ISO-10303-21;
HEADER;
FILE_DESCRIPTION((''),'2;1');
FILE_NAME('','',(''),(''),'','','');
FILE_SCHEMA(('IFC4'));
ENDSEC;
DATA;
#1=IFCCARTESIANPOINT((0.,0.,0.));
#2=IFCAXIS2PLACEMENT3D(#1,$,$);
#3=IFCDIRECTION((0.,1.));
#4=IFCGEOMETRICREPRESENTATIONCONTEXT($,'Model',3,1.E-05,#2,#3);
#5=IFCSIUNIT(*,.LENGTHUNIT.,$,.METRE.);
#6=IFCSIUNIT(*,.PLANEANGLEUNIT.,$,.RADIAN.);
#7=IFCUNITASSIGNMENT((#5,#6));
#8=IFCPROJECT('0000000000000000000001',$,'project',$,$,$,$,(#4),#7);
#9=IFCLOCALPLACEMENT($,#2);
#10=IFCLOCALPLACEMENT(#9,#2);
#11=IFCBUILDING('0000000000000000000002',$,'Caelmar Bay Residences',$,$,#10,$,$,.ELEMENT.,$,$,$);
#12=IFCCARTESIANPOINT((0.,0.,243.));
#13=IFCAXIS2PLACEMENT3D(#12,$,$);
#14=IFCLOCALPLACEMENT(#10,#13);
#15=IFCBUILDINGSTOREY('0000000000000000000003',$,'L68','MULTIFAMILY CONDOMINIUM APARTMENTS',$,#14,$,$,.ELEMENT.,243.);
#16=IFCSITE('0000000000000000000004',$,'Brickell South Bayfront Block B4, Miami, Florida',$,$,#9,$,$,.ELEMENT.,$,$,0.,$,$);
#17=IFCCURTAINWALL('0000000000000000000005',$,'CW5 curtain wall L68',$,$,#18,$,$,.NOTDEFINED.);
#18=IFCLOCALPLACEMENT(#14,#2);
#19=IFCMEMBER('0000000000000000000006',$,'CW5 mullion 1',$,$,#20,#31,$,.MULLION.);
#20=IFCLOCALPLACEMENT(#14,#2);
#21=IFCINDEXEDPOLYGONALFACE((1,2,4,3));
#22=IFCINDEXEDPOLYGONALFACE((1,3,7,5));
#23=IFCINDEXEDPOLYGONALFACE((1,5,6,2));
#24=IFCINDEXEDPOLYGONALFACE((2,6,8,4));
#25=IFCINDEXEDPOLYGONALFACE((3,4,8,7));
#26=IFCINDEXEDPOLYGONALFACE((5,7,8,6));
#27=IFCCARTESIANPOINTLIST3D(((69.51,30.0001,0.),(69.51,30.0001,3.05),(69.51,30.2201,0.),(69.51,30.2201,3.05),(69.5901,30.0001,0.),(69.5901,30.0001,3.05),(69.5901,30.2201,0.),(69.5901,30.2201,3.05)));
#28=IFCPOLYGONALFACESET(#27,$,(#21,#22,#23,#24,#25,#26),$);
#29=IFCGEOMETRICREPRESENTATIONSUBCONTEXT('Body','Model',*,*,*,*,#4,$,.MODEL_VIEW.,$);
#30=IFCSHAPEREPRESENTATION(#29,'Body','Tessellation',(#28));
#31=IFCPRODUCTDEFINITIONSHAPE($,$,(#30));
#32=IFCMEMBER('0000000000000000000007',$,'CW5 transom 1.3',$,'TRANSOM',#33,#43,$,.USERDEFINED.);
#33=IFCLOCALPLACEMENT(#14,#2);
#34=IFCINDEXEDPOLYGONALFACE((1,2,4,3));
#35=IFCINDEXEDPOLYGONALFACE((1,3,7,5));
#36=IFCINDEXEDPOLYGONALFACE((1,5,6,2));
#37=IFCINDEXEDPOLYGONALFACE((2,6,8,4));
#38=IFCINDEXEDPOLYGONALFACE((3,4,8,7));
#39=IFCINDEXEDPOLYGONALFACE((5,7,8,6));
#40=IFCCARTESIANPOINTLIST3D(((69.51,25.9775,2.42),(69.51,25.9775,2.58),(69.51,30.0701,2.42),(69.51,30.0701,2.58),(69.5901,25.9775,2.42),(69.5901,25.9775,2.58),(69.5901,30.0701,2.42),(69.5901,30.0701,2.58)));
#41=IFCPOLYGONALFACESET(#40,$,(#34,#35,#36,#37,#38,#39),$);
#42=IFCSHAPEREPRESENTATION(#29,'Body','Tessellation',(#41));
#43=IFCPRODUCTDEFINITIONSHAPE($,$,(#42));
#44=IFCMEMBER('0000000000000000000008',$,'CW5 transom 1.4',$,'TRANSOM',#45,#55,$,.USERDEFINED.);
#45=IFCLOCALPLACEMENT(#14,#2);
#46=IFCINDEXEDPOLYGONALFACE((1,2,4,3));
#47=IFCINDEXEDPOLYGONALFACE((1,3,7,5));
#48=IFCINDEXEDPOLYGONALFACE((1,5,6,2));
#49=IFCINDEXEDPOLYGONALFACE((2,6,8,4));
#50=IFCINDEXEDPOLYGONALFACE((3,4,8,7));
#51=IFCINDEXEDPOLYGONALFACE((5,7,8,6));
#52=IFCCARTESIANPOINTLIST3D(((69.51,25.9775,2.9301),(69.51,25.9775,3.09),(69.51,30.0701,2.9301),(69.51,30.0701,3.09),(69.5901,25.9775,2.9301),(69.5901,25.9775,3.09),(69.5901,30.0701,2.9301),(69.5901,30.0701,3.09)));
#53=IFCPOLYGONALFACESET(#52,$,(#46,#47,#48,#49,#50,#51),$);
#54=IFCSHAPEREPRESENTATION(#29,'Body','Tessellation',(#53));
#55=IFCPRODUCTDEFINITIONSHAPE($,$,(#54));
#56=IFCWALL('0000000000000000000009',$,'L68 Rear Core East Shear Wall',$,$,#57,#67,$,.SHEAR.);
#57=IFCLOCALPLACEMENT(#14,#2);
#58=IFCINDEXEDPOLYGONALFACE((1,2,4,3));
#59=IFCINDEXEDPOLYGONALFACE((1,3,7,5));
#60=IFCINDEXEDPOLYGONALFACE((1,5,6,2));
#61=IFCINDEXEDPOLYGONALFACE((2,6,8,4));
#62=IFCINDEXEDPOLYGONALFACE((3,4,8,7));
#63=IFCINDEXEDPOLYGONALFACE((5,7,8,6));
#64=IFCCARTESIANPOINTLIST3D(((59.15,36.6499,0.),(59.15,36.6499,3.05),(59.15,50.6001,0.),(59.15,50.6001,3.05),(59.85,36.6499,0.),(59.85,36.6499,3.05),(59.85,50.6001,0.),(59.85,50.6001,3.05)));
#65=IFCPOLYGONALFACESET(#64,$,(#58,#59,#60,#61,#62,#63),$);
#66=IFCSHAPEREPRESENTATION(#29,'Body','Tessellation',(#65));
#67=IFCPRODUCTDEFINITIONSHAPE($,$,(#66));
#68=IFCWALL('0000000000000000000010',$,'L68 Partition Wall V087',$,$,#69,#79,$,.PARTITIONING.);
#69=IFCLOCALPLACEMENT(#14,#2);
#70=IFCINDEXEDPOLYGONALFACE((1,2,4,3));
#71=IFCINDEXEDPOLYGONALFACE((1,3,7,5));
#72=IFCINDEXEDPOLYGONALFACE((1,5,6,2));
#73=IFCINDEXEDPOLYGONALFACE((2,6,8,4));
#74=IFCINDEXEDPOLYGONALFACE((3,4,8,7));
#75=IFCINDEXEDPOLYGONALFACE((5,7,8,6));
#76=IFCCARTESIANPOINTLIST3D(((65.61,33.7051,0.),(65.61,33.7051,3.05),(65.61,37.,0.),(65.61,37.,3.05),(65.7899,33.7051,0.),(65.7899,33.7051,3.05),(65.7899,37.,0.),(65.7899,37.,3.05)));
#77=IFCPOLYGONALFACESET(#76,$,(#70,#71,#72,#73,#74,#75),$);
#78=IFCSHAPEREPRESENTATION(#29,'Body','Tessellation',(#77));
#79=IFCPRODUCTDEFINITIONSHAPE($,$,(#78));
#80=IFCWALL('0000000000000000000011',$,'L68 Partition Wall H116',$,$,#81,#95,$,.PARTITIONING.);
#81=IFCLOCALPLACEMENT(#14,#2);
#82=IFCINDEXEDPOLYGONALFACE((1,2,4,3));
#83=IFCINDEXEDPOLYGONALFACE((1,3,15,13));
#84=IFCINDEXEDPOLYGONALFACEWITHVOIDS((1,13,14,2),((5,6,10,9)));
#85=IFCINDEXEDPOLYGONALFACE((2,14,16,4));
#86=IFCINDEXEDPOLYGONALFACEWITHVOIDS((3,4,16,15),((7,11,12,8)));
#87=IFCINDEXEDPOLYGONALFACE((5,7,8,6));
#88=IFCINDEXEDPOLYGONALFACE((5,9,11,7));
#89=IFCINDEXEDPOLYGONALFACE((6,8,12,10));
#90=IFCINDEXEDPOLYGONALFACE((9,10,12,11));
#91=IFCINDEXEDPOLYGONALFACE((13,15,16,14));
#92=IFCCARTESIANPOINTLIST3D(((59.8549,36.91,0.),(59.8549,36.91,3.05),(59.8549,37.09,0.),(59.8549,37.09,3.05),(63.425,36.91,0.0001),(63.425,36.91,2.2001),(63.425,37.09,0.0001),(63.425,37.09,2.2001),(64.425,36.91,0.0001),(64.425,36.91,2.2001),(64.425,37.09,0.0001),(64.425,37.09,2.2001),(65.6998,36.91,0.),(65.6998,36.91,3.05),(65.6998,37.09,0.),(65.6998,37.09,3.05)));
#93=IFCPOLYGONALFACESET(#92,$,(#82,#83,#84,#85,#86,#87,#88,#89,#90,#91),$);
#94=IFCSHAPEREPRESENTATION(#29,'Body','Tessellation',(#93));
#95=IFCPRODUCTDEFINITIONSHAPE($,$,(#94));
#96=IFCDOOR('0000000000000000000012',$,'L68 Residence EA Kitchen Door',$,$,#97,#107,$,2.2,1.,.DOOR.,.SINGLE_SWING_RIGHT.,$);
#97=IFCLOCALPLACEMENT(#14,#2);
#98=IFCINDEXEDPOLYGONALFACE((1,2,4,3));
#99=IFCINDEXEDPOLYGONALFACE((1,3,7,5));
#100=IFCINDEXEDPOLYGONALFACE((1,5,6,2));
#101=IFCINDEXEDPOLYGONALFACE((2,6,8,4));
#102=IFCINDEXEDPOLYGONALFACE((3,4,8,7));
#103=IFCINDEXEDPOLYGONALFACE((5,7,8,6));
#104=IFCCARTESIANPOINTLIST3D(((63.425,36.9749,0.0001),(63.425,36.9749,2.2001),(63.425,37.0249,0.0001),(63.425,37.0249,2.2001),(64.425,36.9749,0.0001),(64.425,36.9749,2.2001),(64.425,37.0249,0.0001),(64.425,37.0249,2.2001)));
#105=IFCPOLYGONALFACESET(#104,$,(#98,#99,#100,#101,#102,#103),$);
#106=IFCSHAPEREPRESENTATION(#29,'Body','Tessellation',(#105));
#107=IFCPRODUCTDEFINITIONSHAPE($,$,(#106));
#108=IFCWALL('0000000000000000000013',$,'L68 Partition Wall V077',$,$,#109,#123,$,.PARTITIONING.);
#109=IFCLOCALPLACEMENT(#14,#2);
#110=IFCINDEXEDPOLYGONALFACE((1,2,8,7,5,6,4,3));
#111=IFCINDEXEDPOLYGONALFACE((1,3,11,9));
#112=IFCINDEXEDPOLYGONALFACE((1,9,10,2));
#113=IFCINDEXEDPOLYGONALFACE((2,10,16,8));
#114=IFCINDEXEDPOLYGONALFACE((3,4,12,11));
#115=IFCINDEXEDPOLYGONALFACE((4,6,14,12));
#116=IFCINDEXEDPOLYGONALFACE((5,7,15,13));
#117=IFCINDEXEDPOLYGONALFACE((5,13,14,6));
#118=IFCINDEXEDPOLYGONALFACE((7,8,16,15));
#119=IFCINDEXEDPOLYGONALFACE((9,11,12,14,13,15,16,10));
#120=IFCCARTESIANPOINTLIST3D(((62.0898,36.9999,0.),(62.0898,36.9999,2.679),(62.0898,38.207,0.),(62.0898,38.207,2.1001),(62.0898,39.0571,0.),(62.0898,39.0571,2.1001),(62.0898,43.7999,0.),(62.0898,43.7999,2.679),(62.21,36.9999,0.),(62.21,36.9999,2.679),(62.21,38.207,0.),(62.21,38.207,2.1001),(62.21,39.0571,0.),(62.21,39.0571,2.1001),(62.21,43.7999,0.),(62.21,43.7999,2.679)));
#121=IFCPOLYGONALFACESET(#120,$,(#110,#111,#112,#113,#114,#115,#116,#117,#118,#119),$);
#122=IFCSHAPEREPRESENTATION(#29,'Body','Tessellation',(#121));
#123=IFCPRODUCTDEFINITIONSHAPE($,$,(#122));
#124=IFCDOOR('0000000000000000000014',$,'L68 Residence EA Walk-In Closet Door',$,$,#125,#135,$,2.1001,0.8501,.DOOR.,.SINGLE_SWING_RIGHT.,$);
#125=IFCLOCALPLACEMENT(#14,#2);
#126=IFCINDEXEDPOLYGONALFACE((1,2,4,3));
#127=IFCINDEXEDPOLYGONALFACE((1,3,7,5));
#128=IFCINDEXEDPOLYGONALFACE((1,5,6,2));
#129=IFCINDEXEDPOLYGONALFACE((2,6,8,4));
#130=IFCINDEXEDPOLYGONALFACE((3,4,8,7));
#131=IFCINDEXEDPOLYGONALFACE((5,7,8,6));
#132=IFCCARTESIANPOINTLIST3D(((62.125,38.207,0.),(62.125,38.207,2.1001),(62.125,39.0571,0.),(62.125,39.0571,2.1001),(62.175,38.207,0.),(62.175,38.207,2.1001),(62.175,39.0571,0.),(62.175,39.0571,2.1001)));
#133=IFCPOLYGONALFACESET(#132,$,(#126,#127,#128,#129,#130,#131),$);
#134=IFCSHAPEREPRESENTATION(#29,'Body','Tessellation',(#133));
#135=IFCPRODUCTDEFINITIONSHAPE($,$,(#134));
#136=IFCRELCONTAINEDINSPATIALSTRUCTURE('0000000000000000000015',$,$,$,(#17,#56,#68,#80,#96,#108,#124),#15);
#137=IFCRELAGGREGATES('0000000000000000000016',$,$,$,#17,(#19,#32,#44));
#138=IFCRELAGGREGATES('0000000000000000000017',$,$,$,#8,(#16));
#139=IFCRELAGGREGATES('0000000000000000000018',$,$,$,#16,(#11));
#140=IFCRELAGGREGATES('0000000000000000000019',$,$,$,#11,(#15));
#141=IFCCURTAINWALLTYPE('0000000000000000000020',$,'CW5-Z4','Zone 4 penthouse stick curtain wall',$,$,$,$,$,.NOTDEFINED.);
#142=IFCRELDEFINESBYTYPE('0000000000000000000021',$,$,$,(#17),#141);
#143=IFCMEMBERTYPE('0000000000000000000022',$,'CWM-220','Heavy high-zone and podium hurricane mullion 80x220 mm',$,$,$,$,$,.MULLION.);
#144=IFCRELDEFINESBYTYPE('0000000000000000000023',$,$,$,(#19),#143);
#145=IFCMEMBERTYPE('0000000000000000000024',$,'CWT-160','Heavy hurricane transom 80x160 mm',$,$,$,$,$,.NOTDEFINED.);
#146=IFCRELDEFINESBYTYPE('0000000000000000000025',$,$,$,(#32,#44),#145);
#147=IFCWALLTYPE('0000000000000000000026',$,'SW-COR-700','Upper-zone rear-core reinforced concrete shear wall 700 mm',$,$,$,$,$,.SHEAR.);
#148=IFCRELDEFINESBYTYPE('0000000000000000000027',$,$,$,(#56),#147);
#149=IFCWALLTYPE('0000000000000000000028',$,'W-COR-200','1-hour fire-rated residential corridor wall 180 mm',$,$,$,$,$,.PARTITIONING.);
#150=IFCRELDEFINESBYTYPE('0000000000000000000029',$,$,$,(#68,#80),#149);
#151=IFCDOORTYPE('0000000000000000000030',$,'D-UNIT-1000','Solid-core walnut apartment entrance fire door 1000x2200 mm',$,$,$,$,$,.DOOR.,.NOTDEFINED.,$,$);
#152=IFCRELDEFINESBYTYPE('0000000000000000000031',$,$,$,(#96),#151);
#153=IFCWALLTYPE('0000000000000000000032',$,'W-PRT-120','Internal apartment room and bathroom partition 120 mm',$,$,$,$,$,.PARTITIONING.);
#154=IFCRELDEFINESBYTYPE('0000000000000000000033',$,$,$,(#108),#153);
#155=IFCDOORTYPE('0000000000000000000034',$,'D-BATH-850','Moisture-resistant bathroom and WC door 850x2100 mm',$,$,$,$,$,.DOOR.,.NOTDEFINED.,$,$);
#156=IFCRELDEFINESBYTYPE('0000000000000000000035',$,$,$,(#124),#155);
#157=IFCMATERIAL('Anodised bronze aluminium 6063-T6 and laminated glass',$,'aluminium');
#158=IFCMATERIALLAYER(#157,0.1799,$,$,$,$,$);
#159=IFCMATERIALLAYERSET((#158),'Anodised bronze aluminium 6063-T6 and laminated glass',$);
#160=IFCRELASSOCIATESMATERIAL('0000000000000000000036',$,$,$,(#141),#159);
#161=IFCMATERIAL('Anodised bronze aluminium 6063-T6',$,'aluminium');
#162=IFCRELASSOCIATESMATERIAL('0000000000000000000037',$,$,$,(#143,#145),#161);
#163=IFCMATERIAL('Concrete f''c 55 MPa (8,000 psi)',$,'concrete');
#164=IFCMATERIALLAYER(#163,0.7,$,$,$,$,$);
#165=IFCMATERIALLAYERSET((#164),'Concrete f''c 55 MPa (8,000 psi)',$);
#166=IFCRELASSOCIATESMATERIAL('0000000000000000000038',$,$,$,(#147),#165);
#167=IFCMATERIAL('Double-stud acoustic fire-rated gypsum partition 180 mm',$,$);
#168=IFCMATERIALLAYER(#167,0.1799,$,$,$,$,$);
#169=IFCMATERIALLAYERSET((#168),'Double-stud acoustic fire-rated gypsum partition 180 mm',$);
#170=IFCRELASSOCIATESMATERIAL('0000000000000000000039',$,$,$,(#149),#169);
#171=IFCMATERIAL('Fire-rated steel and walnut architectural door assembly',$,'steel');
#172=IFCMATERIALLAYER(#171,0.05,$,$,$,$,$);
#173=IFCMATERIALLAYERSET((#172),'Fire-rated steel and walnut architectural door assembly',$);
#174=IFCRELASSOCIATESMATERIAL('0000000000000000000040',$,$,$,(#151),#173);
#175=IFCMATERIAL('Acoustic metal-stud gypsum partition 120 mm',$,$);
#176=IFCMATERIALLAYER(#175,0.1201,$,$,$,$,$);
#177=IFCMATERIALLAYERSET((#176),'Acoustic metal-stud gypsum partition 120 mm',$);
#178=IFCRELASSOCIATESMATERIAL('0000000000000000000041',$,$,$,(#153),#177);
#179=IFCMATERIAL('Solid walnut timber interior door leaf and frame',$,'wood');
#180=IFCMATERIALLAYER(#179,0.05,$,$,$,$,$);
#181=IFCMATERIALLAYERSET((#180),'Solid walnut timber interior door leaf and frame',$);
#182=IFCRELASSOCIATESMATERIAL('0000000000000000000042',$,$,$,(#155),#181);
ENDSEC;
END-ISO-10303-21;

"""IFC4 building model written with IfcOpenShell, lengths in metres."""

from ifc_helpers import new_model, si_unit, direction, frame, frame_2d, origin, origin_2d, place, context, subcontext, project, spatial, rectangle, extrude, material, layer, layer_set, material_profile, profile_set, type_object, element, fill, aggregate, save


model = new_model("IFC4")

# Units and contexts
model_context = context("Model", 3, precision=1e-05, world=origin(), true_north=direction((0.0, 1.0)))
body_context = subcontext(model_context, "Body", "Model", "MODEL_VIEW")
ifc_project = project(units=[si_unit("LENGTHUNIT", "METRE"), si_unit("PLANEANGLEUNIT", "RADIAN")], contexts=[model_context])

# Site, building, storey
site_placement = place(None, origin())
site = spatial("IfcSite", under=ifc_project, at=site_placement, Name="Brickell South Bayfront Block B4, Miami, Florida", CompositionType="ELEMENT", RefElevation=0.0)
building_placement = place(site_placement, origin())
building = spatial("IfcBuilding", under=site, at=building_placement, Name="Caelmar Bay Residences", CompositionType="ELEMENT")
storey_placement = place(building_placement, frame((0.0, 0.0, 243.0)))
storey = spatial("IfcBuildingStorey", under=building, at=storey_placement, Name="L68", Description="MULTIFAMILY CONDOMINIUM APARTMENTS", CompositionType="ELEMENT", Elevation=243.0)

# Curtain wall, members
ifc_material_1 = material(Name="Anodised bronze aluminium 6063-T6 and laminated glass", Category="aluminium")
ifc_layer_1 = layer(ifc_material_1, 0.1799)
ifc_layer_set_1 = layer_set([ifc_layer_1], Name="Anodised bronze aluminium 6063-T6 and laminated glass")
curtain_wall_type = type_object("IfcCurtainWallType", Name="CW5-Z4", Description="Zone 4 penthouse stick curtain wall", PredefinedType="NOTDEFINED", material=ifc_layer_set_1)
curtain_wall_placement = place(storey_placement, origin())
curtain_wall = element("IfcCurtainWall", 1, at=curtain_wall_placement, inside=storey, type_object=curtain_wall_type, Name="CW5 curtain wall L68", PredefinedType="NOTDEFINED")
ifc_material_2 = material(Name="Anodised bronze aluminium 6063-T6", Category="aluminium")
ifc_material_profile_1 = material_profile(ifc_material_2, rectangle(XDim=0.0801, YDim=0.22, at=origin_2d()), Name="CWM-80X220")
ifc_profile_set_1 = profile_set([ifc_material_profile_1], Name="Anodised bronze aluminium 6063-T6")
member_type_1 = type_object("IfcMemberType", Name="CWM-220", Description="Heavy high-zone and podium hurricane mullion 80x220 mm", PredefinedType="MULLION", material=ifc_profile_set_1)
member_1_placement = place(storey_placement, frame((69.55, 30.1101, 0.0), z_axis=(0.0, 0.0, 1.0), x_axis=(1.0, 0.0, 0.0)))
member_1 = element("IfcMember", 2, at=member_1_placement, type_object=member_type_1, Name="CW5 mullion 1", PredefinedType="MULLION", context=body_context, shape_type="SweptSolid", body=[
    extrude(rectangle(XDim=0.0801, YDim=0.22, at=origin_2d()), origin(), (0.0, 0.0, 1.0), 3.05),
])
ifc_material_profile_2 = material_profile(ifc_material_2, rectangle(XDim=0.0801, YDim=0.1599, at=origin_2d()), Name="CWT-80X160")
ifc_profile_set_2 = profile_set([ifc_material_profile_2], Name="Anodised bronze aluminium 6063-T6")
member_type_2 = type_object("IfcMemberType", Name="CWT-160", Description="Heavy hurricane transom 80x160 mm", PredefinedType="NOTDEFINED", material=ifc_profile_set_2)
member_2_placement = place(storey_placement, frame((69.55, 30.0701, 2.5), z_axis=(0.0, -1.0, 0.0), x_axis=(1.0, 0.0, 0.0)))
member_2 = element("IfcMember", 3, at=member_2_placement, type_object=member_type_2, Name="CW5 transom 1.3", ObjectType="TRANSOM", PredefinedType="USERDEFINED", context=body_context, shape_type="SweptSolid", body=[
    extrude(rectangle(XDim=0.0801, YDim=0.1599, at=origin_2d()), origin(), (0.0, 0.0, 1.0), 4.0925),
])
member_3_placement = place(storey_placement, frame((69.55, 30.0701, 3.01), z_axis=(0.0, -1.0, 0.0), x_axis=(1.0, 0.0, 0.0)))
member_3 = element("IfcMember", 4, at=member_3_placement, type_object=member_type_2, Name="CW5 transom 1.4", ObjectType="TRANSOM", PredefinedType="USERDEFINED", context=body_context, shape_type="SweptSolid", body=[
    extrude(rectangle(XDim=0.0801, YDim=0.1599, at=origin_2d()), origin(), (0.0, 0.0, 1.0), 4.0925),
])
aggregate(curtain_wall, [member_1, member_2, member_3])

# Walls
ifc_material_3 = material(Name="Concrete f'c 55 MPa (8,000 psi)", Category="concrete")
ifc_layer_2 = layer(ifc_material_3, 0.7)
ifc_layer_set_2 = layer_set([ifc_layer_2], Name="Concrete f'c 55 MPa (8,000 psi)")
wall_type_1 = type_object("IfcWallType", Name="SW-COR-700", Description="Upper-zone rear-core reinforced concrete shear wall 700 mm", PredefinedType="SHEAR", material=ifc_layer_set_2)
wall_1_placement = place(storey_placement, frame((59.5, 36.6499, 0.0), z_axis=(0.0, 0.0, 1.0), x_axis=(0.0, 1.0, 0.0)))
element("IfcWall", 5, at=wall_1_placement, inside=storey, type_object=wall_type_1, Name="L68 Rear Core East Shear Wall", PredefinedType="SHEAR", context=body_context, shape_type="SweptSolid", body=[
    extrude(rectangle(XDim=13.9502, YDim=0.7, at=frame_2d((6.9751, 0.0))), origin(), (0.0, 0.0, 1.0), 3.05),
])
ifc_material_4 = material(Name="Double-stud acoustic fire-rated gypsum partition 180 mm")
ifc_layer_3 = layer(ifc_material_4, 0.1799)
ifc_layer_set_3 = layer_set([ifc_layer_3], Name="Double-stud acoustic fire-rated gypsum partition 180 mm")
wall_type_2 = type_object("IfcWallType", Name="W-COR-200", Description="1-hour fire-rated residential corridor wall 180 mm", PredefinedType="PARTITIONING", material=ifc_layer_set_3)
wall_2_placement = place(storey_placement, frame((65.7, 33.7051, 0.0), z_axis=(0.0, 0.0, 1.0), x_axis=(0.0, 1.0, 0.0)))
element("IfcWall", 6, at=wall_2_placement, inside=storey, type_object=wall_type_2, Name="L68 Partition Wall V087", PredefinedType="PARTITIONING", context=body_context, shape_type="SweptSolid", body=[
    extrude(rectangle(XDim=3.2949, YDim=0.1799, at=frame_2d((1.6475, 0.0))), origin(), (0.0, 0.0, 1.0), 3.05),
])

# Walls, openings, doors
wall_3_placement = place(storey_placement, frame((59.855, 37.0, 0.0), z_axis=(0.0, 0.0, 1.0), x_axis=(1.0, 0.0, 0.0)))
wall_3 = element("IfcWall", 7, at=wall_3_placement, inside=storey, type_object=wall_type_2, Name="L68 Partition Wall H116", PredefinedType="PARTITIONING", context=body_context, shape_type="SweptSolid", body=[
    extrude(rectangle(XDim=5.845, YDim=0.1799, at=frame_2d((2.9224, 0.0))), origin(), (0.0, 0.0, 1.0), 3.05),
])
opening_1_placement = place(wall_3_placement, frame((3.5701, 0.0, 0.0)))
opening_1 = element("IfcOpeningElement", 8, at=opening_1_placement, cuts=wall_3, PredefinedType="OPENING", context=body_context, shape_type="SweptSolid", body=[
    extrude(rectangle(XDim=1.0, YDim=2.2, at=frame_2d((0.5, 1.1001))), frame((0.0, 0.0999, 0.0), z_axis=(0.0, -1.0, 0.0), x_axis=(1.0, 0.0, 0.0)), (0.0, 0.0, 1.0), 0.2),
])
ifc_material_5 = material(Name="Fire-rated steel and walnut architectural door assembly", Category="steel")
ifc_layer_4 = layer(ifc_material_5, 0.05)
ifc_layer_set_4 = layer_set([ifc_layer_4], Name="Fire-rated steel and walnut architectural door assembly")
door_type_1 = type_object("IfcDoorType", Name="D-UNIT-1000", Description="Solid-core walnut apartment entrance fire door 1000x2200 mm", OperationType="NOTDEFINED", PredefinedType="DOOR", material=ifc_layer_set_4)
door_1_placement = place(opening_1_placement, origin())
door_1 = element("IfcDoor", 9, at=door_1_placement, inside=storey, type_object=door_type_1, Name="L68 Residence EA Kitchen Door", OperationType="SINGLE_SWING_RIGHT", OverallHeight=2.2, OverallWidth=1.0, PredefinedType="DOOR", context=body_context, shape_type="SweptSolid", body=[
    extrude(rectangle(XDim=1.0, YDim=2.2, at=frame_2d((0.5, 1.1001))), frame((0.0, 0.0249, 0.0), z_axis=(0.0, -1.0, 0.0), x_axis=(1.0, 0.0, 0.0)), (0.0, 0.0, 1.0), 0.05),
])
fill(opening_1, door_1)
ifc_material_6 = material(Name="Acoustic metal-stud gypsum partition 120 mm")
ifc_layer_5 = layer(ifc_material_6, 0.1201)
ifc_layer_set_5 = layer_set([ifc_layer_5], Name="Acoustic metal-stud gypsum partition 120 mm")
wall_type_3 = type_object("IfcWallType", Name="W-PRT-120", Description="Internal apartment room and bathroom partition 120 mm", PredefinedType="PARTITIONING", material=ifc_layer_set_5)
wall_4_placement = place(storey_placement, frame((62.1499, 37.0, 0.0), z_axis=(0.0, 0.0, 1.0), x_axis=(0.0, 1.0, 0.0)))
wall_4 = element("IfcWall", 10, at=wall_4_placement, inside=storey, type_object=wall_type_3, Name="L68 Partition Wall V077", PredefinedType="PARTITIONING", context=body_context, shape_type="SweptSolid", body=[
    extrude(rectangle(XDim=6.8, YDim=0.1201, at=frame_2d((3.3999, 0.0))), origin(), (0.0, 0.0, 1.0), 2.679),
])
opening_2_placement = place(wall_4_placement, frame((1.207, 0.0, 0.0)))
opening_2 = element("IfcOpeningElement", 11, at=opening_2_placement, cuts=wall_4, PredefinedType="OPENING", context=body_context, shape_type="SweptSolid", body=[
    extrude(rectangle(XDim=0.8501, YDim=2.1001, at=frame_2d((0.425, 1.05))), frame((0.0, 0.0701, 0.0), z_axis=(0.0, -1.0, 0.0), x_axis=(1.0, 0.0, 0.0)), (0.0, 0.0, 1.0), 0.1401),
])
ifc_material_7 = material(Name="Solid walnut timber interior door leaf and frame", Category="wood")
ifc_layer_6 = layer(ifc_material_7, 0.05)
ifc_layer_set_6 = layer_set([ifc_layer_6], Name="Solid walnut timber interior door leaf and frame")
door_type_2 = type_object("IfcDoorType", Name="D-BATH-850", Description="Moisture-resistant bathroom and WC door 850x2100 mm", OperationType="NOTDEFINED", PredefinedType="DOOR", material=ifc_layer_set_6)
door_2_placement = place(opening_2_placement, origin())
door_2 = element("IfcDoor", 12, at=door_2_placement, inside=storey, type_object=door_type_2, Name="L68 Residence EA Walk-In Closet Door", OperationType="SINGLE_SWING_RIGHT", OverallHeight=2.1001, OverallWidth=0.8501, PredefinedType="DOOR", context=body_context, shape_type="SweptSolid", body=[
    extrude(rectangle(XDim=0.8501, YDim=2.1001, at=frame_2d((0.425, 1.05))), frame((0.0, 0.0249, 0.0), z_axis=(0.0, -1.0, 0.0), x_axis=(1.0, 0.0, 0.0)), (0.0, 0.0, 1.0), 0.05),
])
fill(opening_2, door_2)

save(model, "model.ifc")
